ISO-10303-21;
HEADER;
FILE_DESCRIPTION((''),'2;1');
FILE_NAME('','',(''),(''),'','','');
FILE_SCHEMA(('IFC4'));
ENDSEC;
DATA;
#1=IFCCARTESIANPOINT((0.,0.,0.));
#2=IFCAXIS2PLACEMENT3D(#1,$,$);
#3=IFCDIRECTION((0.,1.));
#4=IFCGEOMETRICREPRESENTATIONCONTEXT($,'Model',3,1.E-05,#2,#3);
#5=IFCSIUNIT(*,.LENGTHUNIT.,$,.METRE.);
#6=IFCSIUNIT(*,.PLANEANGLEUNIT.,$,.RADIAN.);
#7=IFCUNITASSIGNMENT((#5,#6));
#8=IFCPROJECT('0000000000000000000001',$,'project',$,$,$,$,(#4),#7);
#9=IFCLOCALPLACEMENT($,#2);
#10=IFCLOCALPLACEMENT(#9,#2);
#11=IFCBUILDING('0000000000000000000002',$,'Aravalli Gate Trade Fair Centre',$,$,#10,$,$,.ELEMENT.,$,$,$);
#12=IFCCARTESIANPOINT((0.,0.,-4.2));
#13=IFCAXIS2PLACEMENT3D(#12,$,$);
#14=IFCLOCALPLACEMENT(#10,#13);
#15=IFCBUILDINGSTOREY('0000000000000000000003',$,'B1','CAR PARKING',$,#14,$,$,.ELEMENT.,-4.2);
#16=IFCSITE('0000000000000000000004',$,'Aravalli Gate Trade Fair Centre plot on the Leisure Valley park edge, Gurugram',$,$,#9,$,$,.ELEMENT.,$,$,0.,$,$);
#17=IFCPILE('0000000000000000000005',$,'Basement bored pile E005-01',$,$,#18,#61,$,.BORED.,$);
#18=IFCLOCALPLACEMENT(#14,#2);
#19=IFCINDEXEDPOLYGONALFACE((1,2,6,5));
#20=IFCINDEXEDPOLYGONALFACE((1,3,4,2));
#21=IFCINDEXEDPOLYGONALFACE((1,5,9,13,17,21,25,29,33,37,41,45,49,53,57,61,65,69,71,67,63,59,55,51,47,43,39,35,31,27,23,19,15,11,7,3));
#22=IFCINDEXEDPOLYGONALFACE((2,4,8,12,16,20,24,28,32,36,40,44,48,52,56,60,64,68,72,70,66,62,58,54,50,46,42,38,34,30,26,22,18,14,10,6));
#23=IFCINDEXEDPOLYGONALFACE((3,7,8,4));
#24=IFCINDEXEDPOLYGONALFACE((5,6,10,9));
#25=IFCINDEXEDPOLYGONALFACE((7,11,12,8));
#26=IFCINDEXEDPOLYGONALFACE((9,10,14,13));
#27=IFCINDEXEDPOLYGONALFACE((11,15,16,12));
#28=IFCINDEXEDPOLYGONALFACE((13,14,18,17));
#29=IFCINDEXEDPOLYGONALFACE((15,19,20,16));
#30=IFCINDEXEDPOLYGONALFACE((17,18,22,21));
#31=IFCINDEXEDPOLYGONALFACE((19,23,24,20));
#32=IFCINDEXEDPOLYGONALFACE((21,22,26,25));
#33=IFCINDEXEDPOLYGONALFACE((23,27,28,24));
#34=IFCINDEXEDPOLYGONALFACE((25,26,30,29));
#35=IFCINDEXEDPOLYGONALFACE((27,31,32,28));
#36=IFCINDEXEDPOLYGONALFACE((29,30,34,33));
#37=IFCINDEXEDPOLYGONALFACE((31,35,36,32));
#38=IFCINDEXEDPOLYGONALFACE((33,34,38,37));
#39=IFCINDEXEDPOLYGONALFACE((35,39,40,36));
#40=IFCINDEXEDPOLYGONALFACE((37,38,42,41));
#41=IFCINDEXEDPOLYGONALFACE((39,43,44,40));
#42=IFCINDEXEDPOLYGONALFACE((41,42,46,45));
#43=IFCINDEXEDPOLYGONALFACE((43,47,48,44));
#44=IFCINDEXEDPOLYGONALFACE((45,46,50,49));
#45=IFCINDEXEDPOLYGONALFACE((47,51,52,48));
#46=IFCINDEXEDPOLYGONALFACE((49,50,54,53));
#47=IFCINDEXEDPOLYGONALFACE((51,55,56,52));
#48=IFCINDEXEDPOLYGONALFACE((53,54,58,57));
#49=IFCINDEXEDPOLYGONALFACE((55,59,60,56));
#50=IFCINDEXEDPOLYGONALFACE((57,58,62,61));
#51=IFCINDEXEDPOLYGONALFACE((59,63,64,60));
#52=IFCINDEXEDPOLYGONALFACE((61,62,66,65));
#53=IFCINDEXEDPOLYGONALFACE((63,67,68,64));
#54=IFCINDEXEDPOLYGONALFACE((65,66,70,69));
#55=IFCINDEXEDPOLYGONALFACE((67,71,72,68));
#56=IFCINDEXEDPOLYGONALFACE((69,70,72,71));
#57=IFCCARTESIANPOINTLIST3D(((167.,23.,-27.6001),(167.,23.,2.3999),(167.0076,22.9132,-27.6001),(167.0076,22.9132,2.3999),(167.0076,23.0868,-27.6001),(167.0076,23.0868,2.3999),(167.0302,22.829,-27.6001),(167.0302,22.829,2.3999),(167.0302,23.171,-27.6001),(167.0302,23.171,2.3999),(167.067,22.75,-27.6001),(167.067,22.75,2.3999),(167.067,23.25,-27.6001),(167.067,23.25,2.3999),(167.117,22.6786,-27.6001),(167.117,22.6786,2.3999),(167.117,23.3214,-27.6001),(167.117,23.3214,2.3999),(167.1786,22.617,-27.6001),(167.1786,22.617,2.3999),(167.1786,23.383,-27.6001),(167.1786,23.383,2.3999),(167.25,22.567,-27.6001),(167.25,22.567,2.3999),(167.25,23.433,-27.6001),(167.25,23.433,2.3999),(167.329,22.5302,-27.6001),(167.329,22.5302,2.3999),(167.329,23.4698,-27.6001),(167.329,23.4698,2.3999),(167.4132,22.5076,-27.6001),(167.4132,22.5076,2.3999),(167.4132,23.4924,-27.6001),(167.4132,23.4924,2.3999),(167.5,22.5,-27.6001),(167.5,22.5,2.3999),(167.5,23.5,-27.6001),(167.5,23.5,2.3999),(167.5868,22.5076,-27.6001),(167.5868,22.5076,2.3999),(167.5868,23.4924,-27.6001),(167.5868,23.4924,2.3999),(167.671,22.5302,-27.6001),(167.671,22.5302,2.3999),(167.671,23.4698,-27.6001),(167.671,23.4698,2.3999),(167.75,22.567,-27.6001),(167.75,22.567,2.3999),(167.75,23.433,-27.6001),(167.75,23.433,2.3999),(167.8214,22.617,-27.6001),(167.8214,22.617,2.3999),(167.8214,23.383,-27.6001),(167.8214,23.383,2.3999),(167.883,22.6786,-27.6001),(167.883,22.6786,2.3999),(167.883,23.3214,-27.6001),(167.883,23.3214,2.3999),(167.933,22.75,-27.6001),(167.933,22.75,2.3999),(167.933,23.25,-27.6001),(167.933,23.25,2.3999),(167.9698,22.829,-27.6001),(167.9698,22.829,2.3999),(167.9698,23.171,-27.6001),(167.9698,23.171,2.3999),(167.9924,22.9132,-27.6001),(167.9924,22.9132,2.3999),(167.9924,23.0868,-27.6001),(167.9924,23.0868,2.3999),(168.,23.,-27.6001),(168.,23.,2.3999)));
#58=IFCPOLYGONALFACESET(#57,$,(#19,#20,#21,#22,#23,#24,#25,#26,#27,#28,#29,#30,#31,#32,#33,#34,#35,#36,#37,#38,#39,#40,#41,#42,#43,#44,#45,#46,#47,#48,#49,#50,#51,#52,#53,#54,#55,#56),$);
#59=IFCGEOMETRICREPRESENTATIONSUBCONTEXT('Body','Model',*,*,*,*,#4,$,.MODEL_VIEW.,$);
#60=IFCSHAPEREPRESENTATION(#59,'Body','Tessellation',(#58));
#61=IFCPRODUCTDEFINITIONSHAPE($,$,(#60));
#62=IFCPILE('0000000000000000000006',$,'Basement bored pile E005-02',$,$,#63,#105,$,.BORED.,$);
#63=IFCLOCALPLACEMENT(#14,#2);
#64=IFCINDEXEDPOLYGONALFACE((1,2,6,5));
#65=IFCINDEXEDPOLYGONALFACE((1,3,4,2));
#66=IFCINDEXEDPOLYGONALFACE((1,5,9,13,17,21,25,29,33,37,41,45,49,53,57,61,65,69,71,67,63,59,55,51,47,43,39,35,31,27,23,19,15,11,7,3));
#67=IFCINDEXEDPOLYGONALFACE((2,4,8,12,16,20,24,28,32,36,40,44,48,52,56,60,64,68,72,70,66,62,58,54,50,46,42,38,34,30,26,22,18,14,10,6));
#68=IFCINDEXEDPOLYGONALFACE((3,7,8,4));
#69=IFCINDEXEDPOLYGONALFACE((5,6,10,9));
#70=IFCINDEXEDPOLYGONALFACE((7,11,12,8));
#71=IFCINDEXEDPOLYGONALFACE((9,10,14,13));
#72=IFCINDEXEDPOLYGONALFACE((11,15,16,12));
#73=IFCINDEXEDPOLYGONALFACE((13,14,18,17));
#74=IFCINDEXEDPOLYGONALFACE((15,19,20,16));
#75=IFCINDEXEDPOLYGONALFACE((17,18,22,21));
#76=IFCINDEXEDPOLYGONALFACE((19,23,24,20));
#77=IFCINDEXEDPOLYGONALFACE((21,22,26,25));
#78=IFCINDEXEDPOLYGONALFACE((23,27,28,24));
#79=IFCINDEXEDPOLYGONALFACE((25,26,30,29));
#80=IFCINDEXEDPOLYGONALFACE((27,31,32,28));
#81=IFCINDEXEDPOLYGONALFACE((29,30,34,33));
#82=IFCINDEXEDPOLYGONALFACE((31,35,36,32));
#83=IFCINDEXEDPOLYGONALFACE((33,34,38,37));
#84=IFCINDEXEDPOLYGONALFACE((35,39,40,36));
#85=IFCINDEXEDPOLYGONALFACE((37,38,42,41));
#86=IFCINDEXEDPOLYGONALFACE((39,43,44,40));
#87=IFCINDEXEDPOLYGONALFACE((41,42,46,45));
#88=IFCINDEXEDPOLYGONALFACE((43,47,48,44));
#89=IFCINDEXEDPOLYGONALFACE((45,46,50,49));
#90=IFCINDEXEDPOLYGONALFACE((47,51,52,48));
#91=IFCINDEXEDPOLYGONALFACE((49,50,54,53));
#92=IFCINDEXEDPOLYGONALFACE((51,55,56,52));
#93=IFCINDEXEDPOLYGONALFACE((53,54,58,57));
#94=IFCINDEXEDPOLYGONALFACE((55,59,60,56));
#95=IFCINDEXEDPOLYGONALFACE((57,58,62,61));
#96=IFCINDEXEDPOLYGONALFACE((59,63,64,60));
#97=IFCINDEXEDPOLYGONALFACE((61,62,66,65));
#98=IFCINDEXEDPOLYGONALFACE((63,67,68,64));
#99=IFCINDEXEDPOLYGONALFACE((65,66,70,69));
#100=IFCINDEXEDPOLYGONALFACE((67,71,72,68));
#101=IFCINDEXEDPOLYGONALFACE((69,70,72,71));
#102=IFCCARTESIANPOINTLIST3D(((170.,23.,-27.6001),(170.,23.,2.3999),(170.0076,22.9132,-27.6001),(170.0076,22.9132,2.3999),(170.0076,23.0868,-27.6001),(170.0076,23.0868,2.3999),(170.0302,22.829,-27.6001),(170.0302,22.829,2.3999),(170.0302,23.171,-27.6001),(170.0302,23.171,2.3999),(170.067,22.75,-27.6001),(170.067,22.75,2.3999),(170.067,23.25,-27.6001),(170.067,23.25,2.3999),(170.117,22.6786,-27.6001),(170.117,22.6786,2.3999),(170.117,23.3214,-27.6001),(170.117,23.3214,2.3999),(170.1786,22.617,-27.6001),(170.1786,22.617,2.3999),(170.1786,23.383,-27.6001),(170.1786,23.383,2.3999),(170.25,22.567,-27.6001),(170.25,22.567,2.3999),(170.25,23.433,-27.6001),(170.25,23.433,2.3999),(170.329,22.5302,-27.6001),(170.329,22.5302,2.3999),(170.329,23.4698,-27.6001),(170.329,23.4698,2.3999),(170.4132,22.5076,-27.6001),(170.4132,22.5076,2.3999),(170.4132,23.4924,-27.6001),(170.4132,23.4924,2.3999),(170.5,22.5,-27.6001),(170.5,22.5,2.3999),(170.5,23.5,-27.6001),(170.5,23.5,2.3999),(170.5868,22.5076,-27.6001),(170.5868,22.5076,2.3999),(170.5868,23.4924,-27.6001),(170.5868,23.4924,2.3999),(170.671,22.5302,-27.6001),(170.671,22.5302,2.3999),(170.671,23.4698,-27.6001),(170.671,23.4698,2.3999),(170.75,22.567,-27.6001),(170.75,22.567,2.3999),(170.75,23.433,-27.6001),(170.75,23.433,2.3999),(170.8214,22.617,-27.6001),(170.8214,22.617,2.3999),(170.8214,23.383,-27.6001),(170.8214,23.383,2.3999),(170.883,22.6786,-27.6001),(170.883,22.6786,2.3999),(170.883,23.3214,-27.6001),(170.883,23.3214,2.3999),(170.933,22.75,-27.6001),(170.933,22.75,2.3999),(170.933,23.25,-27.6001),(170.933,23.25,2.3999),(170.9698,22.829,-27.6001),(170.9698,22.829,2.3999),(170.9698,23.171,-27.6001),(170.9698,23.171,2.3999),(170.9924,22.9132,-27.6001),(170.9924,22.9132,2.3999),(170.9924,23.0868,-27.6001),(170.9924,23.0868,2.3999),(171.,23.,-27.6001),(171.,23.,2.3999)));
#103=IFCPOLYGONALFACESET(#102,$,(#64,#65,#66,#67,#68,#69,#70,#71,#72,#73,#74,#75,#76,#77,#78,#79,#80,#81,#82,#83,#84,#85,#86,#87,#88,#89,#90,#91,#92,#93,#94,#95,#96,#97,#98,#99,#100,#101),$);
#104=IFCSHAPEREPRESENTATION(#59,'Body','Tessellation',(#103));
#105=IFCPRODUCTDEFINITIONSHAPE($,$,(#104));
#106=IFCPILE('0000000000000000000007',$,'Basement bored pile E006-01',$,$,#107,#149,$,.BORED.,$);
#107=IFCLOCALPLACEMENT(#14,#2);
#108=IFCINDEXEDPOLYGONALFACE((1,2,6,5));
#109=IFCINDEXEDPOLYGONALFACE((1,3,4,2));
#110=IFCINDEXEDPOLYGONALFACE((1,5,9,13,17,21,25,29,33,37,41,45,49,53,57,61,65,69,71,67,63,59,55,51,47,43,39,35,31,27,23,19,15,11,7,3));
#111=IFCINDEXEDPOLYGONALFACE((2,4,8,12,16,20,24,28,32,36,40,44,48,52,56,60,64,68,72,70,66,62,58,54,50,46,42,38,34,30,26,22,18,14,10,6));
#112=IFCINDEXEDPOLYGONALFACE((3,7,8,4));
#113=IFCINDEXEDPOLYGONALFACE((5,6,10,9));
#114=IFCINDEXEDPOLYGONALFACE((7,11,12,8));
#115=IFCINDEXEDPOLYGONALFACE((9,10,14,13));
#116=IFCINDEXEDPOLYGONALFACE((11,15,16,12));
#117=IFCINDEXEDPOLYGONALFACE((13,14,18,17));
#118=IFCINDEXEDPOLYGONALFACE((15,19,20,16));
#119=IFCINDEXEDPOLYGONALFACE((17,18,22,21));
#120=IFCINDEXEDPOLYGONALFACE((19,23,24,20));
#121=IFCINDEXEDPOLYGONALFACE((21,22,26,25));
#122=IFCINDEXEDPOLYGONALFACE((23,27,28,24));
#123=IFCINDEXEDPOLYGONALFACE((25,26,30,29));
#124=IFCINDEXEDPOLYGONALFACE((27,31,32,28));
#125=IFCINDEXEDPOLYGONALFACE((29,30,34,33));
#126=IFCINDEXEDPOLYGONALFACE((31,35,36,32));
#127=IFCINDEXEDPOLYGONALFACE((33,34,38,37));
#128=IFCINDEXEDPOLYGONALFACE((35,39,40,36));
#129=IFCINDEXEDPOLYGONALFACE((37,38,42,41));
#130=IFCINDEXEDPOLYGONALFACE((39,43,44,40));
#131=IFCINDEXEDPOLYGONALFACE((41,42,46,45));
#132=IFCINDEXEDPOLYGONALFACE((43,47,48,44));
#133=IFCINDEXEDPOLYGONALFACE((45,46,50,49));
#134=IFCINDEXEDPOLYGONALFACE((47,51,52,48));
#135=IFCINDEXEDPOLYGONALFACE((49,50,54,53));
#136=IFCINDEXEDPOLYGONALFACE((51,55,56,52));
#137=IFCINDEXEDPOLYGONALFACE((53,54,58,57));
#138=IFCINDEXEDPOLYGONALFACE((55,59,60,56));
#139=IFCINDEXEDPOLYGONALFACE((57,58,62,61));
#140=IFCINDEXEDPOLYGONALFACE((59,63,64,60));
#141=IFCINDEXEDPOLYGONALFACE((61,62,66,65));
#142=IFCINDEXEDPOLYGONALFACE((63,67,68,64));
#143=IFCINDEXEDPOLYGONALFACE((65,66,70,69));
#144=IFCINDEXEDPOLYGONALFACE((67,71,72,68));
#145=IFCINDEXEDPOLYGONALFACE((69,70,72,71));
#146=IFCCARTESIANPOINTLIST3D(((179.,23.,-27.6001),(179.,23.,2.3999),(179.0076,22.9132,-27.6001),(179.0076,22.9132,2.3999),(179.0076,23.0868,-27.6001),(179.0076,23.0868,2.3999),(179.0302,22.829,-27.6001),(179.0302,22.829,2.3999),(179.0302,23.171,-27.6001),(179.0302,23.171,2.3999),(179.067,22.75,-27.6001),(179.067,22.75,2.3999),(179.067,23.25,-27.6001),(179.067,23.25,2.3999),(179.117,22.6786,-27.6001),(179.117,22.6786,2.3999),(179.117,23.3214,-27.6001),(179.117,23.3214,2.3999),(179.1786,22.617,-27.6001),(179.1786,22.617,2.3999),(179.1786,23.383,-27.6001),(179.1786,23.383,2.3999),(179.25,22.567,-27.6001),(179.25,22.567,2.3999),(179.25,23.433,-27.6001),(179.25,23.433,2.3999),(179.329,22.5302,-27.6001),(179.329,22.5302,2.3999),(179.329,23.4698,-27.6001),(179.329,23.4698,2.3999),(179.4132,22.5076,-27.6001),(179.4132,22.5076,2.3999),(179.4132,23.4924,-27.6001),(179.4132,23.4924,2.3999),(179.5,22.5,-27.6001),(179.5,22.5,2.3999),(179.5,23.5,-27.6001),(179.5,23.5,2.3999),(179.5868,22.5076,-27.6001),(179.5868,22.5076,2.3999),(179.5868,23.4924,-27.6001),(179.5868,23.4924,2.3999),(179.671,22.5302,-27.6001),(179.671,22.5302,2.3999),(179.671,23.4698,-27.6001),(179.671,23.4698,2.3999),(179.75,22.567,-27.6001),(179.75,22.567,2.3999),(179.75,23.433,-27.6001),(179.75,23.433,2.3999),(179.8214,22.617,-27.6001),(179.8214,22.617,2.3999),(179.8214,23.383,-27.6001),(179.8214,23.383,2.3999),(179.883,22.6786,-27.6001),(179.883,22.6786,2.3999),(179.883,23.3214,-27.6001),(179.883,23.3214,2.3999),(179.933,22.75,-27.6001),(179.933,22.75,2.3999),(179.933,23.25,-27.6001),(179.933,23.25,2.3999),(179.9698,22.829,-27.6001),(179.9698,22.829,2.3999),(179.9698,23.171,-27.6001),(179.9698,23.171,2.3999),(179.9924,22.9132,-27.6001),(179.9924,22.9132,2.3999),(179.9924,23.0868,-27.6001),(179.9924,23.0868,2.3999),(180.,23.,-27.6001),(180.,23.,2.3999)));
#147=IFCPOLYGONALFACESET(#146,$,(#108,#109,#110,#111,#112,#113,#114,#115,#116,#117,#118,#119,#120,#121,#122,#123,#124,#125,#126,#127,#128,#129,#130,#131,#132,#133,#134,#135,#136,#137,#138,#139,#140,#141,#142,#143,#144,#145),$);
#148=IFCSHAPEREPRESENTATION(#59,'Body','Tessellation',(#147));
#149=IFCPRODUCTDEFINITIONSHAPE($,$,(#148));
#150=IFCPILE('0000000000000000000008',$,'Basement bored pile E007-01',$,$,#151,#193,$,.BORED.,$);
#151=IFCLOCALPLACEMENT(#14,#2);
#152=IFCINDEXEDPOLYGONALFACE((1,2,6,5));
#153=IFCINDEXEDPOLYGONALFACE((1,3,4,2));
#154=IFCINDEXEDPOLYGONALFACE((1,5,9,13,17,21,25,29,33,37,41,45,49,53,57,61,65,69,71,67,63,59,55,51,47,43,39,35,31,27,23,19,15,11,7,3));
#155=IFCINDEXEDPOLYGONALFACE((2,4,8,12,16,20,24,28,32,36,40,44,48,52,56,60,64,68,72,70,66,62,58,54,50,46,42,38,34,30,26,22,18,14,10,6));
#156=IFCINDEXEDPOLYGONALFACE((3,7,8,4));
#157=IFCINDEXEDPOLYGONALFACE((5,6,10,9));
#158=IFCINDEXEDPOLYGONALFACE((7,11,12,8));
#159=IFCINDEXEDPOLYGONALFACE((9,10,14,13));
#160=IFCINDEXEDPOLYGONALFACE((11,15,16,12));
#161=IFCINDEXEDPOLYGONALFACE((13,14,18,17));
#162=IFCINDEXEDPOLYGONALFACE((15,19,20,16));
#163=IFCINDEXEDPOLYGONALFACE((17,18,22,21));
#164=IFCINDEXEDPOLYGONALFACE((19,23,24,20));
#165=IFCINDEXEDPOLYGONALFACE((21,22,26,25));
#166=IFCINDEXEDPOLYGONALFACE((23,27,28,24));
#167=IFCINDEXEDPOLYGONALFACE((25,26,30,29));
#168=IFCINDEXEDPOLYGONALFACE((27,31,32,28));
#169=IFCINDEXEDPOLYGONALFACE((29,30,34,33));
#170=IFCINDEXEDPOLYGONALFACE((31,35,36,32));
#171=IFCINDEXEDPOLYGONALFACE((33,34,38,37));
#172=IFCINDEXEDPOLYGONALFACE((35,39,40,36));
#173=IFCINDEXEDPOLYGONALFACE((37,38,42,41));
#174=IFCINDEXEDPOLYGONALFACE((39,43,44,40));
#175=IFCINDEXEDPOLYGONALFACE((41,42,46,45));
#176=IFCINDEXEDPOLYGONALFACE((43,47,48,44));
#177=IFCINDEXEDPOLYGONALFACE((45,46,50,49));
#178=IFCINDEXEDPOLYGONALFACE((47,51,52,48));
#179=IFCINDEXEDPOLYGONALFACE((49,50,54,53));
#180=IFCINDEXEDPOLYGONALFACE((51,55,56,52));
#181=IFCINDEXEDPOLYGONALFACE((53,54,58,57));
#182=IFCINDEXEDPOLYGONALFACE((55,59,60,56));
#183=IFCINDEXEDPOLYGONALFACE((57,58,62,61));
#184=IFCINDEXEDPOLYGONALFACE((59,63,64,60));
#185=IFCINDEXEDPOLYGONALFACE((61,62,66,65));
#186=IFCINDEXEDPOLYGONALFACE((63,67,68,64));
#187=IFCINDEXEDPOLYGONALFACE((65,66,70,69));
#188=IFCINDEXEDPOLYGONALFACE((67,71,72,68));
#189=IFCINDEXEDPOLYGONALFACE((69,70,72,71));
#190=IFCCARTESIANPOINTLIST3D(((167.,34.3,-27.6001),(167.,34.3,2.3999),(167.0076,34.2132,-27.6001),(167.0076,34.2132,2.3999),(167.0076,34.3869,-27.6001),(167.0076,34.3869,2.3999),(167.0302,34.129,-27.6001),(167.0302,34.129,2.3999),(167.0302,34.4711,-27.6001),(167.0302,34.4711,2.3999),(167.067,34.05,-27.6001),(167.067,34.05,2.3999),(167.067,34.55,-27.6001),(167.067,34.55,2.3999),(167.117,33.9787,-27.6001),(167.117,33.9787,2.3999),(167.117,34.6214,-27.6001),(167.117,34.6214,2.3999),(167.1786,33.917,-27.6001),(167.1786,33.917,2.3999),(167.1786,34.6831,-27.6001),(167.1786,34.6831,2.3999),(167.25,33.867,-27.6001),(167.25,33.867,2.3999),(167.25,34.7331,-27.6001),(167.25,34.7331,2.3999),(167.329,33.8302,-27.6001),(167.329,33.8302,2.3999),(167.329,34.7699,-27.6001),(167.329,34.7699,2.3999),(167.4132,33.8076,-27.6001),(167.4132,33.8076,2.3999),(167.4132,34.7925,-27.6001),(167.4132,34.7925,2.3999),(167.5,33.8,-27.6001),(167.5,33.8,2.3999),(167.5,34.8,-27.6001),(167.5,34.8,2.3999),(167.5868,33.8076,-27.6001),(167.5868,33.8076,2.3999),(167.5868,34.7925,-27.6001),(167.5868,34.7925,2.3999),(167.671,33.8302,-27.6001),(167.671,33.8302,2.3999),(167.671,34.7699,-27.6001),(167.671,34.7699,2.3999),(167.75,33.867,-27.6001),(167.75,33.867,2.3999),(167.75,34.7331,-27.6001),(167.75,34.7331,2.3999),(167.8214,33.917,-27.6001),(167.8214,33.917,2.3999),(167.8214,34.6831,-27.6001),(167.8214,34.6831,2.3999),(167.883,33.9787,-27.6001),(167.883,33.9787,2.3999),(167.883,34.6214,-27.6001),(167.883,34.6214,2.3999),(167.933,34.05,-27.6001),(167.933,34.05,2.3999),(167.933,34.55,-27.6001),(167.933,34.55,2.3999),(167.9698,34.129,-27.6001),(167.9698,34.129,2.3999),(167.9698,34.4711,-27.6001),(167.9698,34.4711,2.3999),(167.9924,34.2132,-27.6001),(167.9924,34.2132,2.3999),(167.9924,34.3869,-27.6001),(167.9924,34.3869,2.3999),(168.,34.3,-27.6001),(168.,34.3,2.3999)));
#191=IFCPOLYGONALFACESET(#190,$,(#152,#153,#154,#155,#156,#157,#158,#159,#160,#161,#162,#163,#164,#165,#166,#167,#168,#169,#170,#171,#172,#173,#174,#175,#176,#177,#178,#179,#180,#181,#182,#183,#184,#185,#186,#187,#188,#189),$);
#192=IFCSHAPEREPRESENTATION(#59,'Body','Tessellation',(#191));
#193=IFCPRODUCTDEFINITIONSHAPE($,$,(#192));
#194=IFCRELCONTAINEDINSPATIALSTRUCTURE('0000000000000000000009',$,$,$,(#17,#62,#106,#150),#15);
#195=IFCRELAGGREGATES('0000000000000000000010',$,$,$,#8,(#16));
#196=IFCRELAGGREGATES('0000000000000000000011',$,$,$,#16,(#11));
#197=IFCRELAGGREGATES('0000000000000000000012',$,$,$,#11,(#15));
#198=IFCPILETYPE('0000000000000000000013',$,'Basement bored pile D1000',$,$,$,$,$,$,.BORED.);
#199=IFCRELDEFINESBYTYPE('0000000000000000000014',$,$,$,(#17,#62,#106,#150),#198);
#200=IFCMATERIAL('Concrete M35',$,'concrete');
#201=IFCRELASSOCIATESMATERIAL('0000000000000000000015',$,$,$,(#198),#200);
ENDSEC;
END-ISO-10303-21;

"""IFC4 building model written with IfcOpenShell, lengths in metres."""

from ifc_helpers import new_model, si_unit, direction, frame, origin, origin_2d, place, context, subcontext, project, spatial, circle, extrude, material, material_profile, profile_set, type_object, element, save


model = new_model("IFC4")

# Units and contexts
model_context = context("Model", 3, precision=1e-05, world=origin(), true_north=direction((0.0, 1.0)))
body_context = subcontext(model_context, "Body", "Model", "MODEL_VIEW")
ifc_project = project(units=[si_unit("LENGTHUNIT", "METRE"), si_unit("PLANEANGLEUNIT", "RADIAN")], contexts=[model_context])

# Site, building, storey
site_placement = place(None, origin())
site = spatial("IfcSite", under=ifc_project, at=site_placement, Name="Aravalli Gate Trade Fair Centre plot on the Leisure Valley park edge, Gurugram", CompositionType="ELEMENT", RefElevation=0.0)
building_placement = place(site_placement, origin())
building = spatial("IfcBuilding", under=site, at=building_placement, Name="Aravalli Gate Trade Fair Centre", CompositionType="ELEMENT")
storey_placement = place(building_placement, frame((0.0, 0.0, -4.2)))
storey = spatial("IfcBuildingStorey", under=building, at=storey_placement, Name="B1", Description="CAR PARKING", CompositionType="ELEMENT", Elevation=-4.2)

# Piles
ifc_material_1 = material(Name="Concrete M35", Category="concrete")
ifc_material_profile = material_profile(ifc_material_1, circle(Radius=0.5, at=origin_2d()), Name="D1000")
ifc_profile_set = profile_set([ifc_material_profile], Name="Concrete M35")
pile_type = type_object("IfcPileType", Name="Basement bored pile D1000", PredefinedType="BORED", material=ifc_profile_set)
for number, where, z_axis, x_axis, name in (
    (1, (167.5, 23.0, 2.3999), (0.0, 0.0, -1.0), (1.0, 0.0, 0.0), "Basement bored pile E005-01"),
    (2, (170.5, 23.0, 2.3999), (0.0, 0.0, -1.0), (1.0, 0.0, 0.0), "Basement bored pile E005-02"),
    (3, (179.5, 23.0, 2.3999), (0.0, 0.0, -1.0), (1.0, 0.0, 0.0), "Basement bored pile E006-01"),
    (4, (167.5, 34.3, 2.3999), (0.0, 0.0, -1.0), (1.0, 0.0, 0.0), "Basement bored pile E007-01"),
):
    element("IfcPile", number, at=place(storey_placement, frame(where, z_axis=z_axis, x_axis=x_axis)), inside=storey, type_object=pile_type, Name=name, PredefinedType="BORED", context=body_context, shape_type="SweptSolid", body=[
        extrude(circle(Radius=0.5, at=origin_2d()), origin(), (0.0, 0.0, 1.0), 30.0),
    ])

save(model, "model.ifc")
